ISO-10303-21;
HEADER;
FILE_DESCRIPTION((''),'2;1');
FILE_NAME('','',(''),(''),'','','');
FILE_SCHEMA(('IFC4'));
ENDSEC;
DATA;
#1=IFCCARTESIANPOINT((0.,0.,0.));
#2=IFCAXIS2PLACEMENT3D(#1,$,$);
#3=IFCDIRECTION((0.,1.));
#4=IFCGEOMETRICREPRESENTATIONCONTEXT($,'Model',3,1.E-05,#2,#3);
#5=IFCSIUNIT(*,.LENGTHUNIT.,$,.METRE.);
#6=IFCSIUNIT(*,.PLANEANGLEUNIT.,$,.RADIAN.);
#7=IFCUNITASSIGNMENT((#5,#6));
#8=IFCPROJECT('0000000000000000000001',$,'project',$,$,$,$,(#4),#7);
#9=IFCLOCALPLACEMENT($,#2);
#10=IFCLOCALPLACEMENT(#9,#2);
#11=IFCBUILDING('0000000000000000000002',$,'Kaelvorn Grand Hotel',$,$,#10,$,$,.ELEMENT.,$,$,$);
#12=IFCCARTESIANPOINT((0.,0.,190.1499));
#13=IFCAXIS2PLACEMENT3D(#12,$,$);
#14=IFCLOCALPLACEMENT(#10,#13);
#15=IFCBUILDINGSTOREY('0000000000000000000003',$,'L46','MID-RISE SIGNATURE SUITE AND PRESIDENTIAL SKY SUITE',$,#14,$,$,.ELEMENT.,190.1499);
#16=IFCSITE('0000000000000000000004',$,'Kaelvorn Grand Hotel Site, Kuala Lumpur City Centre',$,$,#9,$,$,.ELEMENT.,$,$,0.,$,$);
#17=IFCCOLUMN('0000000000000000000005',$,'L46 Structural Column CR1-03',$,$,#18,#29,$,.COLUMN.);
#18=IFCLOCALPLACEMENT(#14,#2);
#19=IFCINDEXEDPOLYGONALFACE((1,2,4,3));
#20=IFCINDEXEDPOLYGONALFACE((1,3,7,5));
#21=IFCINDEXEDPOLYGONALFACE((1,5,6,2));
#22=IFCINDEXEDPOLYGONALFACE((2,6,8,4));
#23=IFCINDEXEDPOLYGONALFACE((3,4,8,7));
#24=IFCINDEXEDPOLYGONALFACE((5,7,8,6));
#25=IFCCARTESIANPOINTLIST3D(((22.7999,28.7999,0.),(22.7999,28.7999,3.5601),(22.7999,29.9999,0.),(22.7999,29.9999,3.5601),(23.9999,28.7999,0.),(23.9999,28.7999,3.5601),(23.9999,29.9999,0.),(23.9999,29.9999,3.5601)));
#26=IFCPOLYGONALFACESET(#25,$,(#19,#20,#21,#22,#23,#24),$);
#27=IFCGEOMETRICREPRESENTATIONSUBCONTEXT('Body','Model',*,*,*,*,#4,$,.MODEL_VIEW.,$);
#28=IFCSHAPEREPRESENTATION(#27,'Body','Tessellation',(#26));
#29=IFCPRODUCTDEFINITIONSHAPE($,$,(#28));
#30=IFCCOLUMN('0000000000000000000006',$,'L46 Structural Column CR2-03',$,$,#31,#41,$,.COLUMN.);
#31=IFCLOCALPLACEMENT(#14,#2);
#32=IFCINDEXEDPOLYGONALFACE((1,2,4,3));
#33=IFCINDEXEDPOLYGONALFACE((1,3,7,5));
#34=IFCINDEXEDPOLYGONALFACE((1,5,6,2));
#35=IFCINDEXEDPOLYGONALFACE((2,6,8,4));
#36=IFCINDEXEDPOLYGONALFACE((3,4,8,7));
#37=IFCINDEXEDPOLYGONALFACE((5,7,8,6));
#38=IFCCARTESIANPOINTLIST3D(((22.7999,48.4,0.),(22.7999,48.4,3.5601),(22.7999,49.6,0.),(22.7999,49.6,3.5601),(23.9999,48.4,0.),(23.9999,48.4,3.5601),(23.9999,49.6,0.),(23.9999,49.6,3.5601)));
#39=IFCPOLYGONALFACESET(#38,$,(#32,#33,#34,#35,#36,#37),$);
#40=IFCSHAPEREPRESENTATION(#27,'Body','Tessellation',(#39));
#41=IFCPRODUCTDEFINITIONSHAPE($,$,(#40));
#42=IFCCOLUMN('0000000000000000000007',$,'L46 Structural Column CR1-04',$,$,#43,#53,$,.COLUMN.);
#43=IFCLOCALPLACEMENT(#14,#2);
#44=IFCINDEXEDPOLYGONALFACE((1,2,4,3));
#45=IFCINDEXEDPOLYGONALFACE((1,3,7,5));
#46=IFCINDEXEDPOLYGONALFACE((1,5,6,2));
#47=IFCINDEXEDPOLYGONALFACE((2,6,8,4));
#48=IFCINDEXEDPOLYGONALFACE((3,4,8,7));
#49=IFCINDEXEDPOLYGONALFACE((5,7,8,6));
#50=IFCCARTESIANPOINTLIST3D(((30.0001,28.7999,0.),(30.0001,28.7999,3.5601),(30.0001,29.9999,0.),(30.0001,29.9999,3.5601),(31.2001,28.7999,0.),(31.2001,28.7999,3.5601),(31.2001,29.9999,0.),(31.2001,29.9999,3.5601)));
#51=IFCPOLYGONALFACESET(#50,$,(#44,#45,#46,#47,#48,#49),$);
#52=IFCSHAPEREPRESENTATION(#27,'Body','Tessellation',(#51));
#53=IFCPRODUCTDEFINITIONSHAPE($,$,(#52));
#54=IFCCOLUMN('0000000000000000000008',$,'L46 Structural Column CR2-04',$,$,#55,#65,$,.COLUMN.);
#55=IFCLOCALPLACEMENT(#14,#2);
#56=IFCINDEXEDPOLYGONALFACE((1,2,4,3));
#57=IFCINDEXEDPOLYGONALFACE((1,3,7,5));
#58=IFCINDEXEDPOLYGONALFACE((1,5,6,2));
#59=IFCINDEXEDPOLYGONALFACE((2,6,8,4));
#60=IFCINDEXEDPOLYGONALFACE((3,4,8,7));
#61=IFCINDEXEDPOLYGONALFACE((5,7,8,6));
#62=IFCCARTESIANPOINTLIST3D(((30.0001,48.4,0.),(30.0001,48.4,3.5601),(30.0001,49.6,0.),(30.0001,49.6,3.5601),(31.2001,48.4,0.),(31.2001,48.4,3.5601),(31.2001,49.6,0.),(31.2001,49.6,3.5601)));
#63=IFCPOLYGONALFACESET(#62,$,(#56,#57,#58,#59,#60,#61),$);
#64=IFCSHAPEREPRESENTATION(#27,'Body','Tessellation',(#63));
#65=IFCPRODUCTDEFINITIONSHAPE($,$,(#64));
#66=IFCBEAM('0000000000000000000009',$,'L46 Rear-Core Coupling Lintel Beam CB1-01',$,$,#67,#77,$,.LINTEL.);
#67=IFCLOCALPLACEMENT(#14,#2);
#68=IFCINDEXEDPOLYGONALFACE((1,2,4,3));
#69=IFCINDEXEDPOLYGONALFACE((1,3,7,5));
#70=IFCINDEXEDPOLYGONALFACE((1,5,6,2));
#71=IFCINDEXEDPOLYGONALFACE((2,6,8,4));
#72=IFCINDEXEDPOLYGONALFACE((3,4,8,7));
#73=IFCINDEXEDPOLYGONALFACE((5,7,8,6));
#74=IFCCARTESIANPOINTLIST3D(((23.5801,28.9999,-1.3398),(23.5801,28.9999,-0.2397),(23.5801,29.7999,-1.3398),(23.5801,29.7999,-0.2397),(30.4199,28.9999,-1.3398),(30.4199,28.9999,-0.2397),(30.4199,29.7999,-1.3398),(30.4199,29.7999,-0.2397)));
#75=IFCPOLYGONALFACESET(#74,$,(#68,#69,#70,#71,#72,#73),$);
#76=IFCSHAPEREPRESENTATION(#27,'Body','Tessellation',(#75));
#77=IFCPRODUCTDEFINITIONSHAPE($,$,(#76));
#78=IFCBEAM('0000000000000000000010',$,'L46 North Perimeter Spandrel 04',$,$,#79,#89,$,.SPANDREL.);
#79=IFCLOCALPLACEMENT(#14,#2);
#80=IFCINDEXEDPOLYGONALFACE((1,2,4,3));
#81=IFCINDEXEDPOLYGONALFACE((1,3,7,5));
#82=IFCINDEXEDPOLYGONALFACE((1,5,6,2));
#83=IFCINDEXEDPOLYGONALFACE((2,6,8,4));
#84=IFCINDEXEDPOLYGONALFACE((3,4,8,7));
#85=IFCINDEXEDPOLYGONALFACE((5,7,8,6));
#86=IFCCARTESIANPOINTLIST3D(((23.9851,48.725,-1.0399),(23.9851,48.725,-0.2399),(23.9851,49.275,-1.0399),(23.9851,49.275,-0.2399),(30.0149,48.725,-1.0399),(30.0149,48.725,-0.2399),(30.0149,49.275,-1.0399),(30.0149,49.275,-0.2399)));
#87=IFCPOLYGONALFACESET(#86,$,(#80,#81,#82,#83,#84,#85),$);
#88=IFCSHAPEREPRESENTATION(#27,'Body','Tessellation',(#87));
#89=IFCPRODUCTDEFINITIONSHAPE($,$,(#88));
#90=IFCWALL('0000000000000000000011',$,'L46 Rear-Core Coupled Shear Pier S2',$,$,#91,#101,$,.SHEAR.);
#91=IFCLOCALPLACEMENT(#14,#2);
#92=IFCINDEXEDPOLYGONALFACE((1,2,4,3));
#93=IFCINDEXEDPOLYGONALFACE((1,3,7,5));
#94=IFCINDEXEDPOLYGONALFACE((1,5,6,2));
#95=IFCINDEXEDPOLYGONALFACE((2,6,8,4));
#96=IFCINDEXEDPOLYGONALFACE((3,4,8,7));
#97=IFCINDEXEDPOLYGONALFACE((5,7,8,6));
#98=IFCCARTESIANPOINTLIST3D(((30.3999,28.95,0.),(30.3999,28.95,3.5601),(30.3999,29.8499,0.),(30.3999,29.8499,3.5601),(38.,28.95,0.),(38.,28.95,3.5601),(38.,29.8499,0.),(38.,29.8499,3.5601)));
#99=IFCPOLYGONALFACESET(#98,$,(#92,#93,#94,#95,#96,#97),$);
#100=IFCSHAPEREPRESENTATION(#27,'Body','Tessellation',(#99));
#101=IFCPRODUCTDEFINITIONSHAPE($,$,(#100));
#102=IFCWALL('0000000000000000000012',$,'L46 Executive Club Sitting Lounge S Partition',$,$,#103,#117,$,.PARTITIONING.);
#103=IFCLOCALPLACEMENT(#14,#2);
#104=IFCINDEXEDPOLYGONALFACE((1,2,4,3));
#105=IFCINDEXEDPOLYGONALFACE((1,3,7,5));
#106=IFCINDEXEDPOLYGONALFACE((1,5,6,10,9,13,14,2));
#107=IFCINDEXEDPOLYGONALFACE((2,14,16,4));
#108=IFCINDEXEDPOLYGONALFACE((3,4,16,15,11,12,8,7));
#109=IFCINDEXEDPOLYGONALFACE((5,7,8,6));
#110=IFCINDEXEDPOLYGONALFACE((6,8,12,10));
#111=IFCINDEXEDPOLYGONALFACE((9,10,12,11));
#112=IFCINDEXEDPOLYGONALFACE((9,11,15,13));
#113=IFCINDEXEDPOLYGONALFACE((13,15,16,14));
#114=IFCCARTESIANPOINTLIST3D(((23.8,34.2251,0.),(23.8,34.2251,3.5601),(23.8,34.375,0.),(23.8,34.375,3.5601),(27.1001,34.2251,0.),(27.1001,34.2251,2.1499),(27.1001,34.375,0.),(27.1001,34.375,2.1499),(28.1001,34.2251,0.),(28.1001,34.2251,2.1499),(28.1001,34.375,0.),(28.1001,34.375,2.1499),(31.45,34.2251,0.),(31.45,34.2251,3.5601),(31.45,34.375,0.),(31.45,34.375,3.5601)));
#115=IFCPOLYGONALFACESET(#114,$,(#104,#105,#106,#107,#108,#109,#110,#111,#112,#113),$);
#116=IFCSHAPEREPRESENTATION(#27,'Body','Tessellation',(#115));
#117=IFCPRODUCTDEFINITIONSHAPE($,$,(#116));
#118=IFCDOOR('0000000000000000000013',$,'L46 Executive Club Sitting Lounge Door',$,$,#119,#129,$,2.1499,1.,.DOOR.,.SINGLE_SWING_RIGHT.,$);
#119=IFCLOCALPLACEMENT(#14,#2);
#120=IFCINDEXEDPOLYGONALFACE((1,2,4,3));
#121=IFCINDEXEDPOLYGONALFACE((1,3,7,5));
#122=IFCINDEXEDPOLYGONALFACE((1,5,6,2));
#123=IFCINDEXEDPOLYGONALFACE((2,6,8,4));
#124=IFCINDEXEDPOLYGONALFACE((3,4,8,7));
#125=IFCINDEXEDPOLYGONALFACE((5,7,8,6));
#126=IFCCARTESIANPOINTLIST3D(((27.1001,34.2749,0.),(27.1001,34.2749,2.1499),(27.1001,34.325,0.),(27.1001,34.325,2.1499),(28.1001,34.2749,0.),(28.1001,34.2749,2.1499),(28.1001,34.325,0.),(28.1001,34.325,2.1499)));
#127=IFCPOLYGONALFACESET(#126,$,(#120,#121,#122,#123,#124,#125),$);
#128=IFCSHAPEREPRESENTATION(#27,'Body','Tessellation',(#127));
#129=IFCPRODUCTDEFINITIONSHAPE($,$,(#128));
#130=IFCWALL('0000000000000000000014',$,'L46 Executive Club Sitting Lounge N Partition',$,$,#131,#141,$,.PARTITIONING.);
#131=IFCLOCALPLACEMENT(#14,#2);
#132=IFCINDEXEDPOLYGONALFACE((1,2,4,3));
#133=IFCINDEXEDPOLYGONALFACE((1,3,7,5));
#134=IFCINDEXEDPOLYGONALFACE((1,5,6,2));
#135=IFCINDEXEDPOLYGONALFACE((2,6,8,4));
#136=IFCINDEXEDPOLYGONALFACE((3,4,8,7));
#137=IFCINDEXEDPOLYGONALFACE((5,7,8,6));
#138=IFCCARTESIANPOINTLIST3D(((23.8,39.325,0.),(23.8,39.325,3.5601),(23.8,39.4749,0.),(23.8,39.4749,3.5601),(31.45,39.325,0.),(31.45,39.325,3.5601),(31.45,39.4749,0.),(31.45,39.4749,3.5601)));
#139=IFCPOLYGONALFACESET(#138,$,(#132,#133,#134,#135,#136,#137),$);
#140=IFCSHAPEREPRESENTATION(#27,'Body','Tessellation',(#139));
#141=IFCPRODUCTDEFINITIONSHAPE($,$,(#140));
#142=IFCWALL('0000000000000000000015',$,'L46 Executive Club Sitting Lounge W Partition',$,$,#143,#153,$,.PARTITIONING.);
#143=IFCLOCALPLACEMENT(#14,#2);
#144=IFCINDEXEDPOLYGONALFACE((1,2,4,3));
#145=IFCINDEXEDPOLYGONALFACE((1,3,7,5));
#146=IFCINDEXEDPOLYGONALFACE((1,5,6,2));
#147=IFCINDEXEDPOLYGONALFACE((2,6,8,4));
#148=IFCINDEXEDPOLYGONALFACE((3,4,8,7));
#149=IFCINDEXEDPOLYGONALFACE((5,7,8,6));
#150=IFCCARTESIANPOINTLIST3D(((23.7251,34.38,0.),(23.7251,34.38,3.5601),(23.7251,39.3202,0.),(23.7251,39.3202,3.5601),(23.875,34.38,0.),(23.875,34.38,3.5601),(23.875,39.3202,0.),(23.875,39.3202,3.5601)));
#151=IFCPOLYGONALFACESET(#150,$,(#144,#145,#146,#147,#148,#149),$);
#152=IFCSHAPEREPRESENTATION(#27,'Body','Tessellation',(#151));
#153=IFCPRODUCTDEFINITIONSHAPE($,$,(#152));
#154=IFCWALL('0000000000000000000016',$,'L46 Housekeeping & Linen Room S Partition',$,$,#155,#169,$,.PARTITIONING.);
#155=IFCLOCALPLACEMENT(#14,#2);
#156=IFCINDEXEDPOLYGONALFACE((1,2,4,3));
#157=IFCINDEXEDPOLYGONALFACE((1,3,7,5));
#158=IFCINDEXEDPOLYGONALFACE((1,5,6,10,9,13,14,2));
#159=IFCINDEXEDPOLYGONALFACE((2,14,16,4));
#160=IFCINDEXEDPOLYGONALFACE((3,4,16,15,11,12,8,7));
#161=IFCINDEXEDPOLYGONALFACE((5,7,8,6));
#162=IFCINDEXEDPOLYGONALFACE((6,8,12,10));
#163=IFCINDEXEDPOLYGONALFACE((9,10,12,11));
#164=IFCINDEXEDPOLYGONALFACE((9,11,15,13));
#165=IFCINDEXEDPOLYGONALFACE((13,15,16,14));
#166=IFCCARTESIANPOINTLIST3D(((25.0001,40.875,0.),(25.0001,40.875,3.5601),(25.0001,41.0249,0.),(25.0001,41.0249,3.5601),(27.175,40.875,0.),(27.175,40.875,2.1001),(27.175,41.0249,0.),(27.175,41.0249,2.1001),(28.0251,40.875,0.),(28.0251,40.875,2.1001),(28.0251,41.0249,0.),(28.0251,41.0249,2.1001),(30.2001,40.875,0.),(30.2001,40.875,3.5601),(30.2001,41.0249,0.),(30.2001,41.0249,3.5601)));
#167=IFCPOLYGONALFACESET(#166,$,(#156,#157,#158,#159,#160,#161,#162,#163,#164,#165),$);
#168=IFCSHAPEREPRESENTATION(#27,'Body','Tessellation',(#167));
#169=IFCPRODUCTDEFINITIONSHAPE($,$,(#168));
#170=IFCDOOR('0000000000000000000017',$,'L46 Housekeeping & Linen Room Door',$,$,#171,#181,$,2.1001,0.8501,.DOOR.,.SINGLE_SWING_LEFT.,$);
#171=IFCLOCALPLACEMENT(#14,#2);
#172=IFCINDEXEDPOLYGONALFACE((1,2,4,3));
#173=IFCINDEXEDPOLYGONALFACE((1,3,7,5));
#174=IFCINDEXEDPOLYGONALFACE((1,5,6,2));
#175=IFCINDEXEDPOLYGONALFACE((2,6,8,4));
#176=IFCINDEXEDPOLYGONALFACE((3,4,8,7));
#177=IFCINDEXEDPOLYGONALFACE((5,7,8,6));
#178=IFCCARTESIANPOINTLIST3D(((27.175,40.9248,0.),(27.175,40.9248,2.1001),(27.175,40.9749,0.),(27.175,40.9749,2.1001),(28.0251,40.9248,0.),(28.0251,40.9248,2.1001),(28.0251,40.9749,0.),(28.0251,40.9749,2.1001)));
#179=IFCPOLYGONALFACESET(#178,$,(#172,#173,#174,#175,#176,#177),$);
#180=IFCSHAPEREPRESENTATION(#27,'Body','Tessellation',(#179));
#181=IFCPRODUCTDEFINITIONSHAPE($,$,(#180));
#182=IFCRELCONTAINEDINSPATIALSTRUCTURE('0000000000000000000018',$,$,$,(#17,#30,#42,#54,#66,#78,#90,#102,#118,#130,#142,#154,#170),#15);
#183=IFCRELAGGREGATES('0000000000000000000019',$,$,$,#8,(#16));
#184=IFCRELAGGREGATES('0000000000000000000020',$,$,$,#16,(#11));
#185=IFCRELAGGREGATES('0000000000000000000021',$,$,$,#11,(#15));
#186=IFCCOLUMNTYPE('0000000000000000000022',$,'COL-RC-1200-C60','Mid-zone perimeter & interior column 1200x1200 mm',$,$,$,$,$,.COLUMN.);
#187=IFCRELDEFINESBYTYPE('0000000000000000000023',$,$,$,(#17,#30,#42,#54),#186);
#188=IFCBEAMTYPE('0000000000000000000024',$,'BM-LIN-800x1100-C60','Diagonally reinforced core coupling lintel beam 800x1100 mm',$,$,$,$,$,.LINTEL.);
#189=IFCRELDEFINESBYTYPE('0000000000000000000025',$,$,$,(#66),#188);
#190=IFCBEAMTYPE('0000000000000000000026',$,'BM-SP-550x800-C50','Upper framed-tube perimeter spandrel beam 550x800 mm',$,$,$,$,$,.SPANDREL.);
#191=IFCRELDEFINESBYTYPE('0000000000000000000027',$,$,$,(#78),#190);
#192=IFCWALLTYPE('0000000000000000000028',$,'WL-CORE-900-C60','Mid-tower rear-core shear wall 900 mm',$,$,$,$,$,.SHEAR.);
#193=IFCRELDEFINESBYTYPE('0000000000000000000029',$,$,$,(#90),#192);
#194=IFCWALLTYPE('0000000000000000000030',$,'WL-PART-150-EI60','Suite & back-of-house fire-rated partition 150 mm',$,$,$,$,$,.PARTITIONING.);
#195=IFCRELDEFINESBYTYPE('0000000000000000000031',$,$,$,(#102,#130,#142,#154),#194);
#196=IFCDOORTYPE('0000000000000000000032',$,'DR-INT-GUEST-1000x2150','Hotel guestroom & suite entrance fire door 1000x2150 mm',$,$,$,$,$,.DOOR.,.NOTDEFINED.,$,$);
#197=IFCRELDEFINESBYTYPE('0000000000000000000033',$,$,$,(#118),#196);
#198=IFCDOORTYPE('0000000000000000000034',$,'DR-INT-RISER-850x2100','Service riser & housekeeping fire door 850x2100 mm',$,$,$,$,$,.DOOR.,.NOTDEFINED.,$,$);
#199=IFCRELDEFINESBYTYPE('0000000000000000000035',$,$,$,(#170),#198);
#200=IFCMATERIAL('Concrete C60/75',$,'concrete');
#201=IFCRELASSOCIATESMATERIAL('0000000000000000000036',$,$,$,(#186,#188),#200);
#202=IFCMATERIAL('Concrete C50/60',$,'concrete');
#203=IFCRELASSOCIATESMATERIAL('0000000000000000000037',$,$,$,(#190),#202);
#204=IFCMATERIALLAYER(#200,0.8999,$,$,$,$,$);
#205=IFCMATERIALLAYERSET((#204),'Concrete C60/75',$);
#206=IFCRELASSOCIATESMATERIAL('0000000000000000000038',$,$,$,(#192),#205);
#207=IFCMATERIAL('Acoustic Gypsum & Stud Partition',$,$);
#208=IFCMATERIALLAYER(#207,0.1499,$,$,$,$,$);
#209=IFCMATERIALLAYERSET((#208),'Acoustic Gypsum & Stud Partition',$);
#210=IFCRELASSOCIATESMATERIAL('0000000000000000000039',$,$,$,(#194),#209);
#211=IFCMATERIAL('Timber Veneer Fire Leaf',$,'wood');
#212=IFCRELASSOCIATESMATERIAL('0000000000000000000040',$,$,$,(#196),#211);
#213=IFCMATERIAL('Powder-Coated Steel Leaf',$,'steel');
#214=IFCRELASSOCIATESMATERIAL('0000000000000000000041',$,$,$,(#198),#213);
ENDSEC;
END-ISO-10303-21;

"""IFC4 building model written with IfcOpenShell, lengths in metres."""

from ifc_helpers import new_model, si_unit, direction, frame, frame_2d, origin, origin_2d, place, context, subcontext, project, spatial, rectangle, extrude, material, layer, layer_set, material_profile, profile_set, type_object, element, fill, save


model = new_model("IFC4")

# Units and contexts
model_context = context("Model", 3, precision=1e-05, world=origin(), true_north=direction((0.0, 1.0)))
body_context = subcontext(model_context, "Body", "Model", "MODEL_VIEW")
ifc_project = project(units=[si_unit("LENGTHUNIT", "METRE"), si_unit("PLANEANGLEUNIT", "RADIAN")], contexts=[model_context])

# Site, building, storey
site_placement = place(None, origin())
site = spatial("IfcSite", under=ifc_project, at=site_placement, Name="Kaelvorn Grand Hotel Site, Kuala Lumpur City Centre", CompositionType="ELEMENT", RefElevation=0.0)
building_placement = place(site_placement, origin())
building = spatial("IfcBuilding", under=site, at=building_placement, Name="Kaelvorn Grand Hotel", CompositionType="ELEMENT")
storey_placement = place(building_placement, frame((0.0, 0.0, 190.1499)))
storey = spatial("IfcBuildingStorey", under=building, at=storey_placement, Name="L46", Description="MID-RISE SIGNATURE SUITE AND PRESIDENTIAL SKY SUITE", CompositionType="ELEMENT", Elevation=190.1499)

# Columns
ifc_material_1 = material(Name="Concrete C60/75", Category="concrete")
ifc_material_profile_1 = material_profile(ifc_material_1, rectangle(XDim=1.2, YDim=1.2, at=origin_2d()), Name="RC COL 1200x1200")
ifc_profile_set_1 = profile_set([ifc_material_profile_1], Name="Concrete C60/75")
column_type = type_object("IfcColumnType", Name="COL-RC-1200-C60", Description="Mid-zone perimeter & interior column 1200x1200 mm", PredefinedType="COLUMN", material=ifc_profile_set_1)
for number, where, z_axis, x_axis, name in (
    (1, (23.3999, 29.3999, 0.0), (0.0, 0.0, 1.0), (1.0, 0.0, 0.0), "L46 Structural Column CR1-03"),
    (2, (23.3999, 49.0, 0.0), (0.0, 0.0, 1.0), (1.0, 0.0, 0.0), "L46 Structural Column CR2-03"),
    (3, (30.6001, 29.3999, 0.0), (0.0, 0.0, 1.0), (1.0, 0.0, 0.0), "L46 Structural Column CR1-04"),
    (4, (30.6001, 49.0, 0.0), (0.0, 0.0, 1.0), (1.0, 0.0, 0.0), "L46 Structural Column CR2-04"),
):
    element("IfcColumn", number, at=place(storey_placement, frame(where, z_axis=z_axis, x_axis=x_axis)), inside=storey, type_object=column_type, Name=name, PredefinedType="COLUMN", context=body_context, shape_type="SweptSolid", body=[
        extrude(rectangle(XDim=1.2, YDim=1.2, at=origin_2d()), origin(), (0.0, 0.0, 1.0), 3.5601),
    ])

# Beams
ifc_material_profile_2 = material_profile(ifc_material_1, rectangle(XDim=0.8, YDim=1.1001, at=origin_2d()), Name="RC LINTEL 800x1100")
ifc_profile_set_2 = profile_set([ifc_material_profile_2], Name="Concrete C60/75")
beam_type_1 = type_object("IfcBeamType", Name="BM-LIN-800x1100-C60", Description="Diagonally reinforced core coupling lintel beam 800x1100 mm", PredefinedType="LINTEL", material=ifc_profile_set_2)
beam_1_placement = place(storey_placement, frame((23.5801, 29.3999, -0.7898), z_axis=(1.0, 0.0, 0.0), x_axis=(0.0, 1.0, 0.0)))
element("IfcBeam", 5, at=beam_1_placement, inside=storey, type_object=beam_type_1, Name="L46 Rear-Core Coupling Lintel Beam CB1-01", PredefinedType="LINTEL", context=body_context, shape_type="SweptSolid", body=[
    extrude(rectangle(XDim=0.8, YDim=1.1001, at=origin_2d()), origin(), (0.0, 0.0, 1.0), 6.8398),
])
ifc_material_2 = material(Name="Concrete C50/60", Category="concrete")
ifc_material_profile_3 = material_profile(ifc_material_2, rectangle(XDim=0.55, YDim=0.8, at=origin_2d()), Name="RC SPANDREL 550x800")
ifc_profile_set_3 = profile_set([ifc_material_profile_3], Name="Concrete C50/60")
beam_type_2 = type_object("IfcBeamType", Name="BM-SP-550x800-C50", Description="Upper framed-tube perimeter spandrel beam 550x800 mm", PredefinedType="SPANDREL", material=ifc_profile_set_3)
beam_2_placement = place(storey_placement, frame((23.9851, 49.0, -0.6399), z_axis=(1.0, 0.0, 0.0), x_axis=(0.0, 1.0, 0.0)))
element("IfcBeam", 6, at=beam_2_placement, inside=storey, type_object=beam_type_2, Name="L46 North Perimeter Spandrel 04", PredefinedType="SPANDREL", context=body_context, shape_type="SweptSolid", body=[
    extrude(rectangle(XDim=0.55, YDim=0.8, at=origin_2d()), origin(), (0.0, 0.0, 1.0), 6.0298),
])

# Wall
ifc_layer_1 = layer(ifc_material_1, 0.8999)
ifc_layer_set_1 = layer_set([ifc_layer_1], Name="Concrete C60/75")
wall_type_1 = type_object("IfcWallType", Name="WL-CORE-900-C60", Description="Mid-tower rear-core shear wall 900 mm", PredefinedType="SHEAR", material=ifc_layer_set_1)
wall_1_placement = place(storey_placement, frame((30.3999, 29.3999, 0.0), z_axis=(0.0, 0.0, 1.0), x_axis=(1.0, 0.0, 0.0)))
element("IfcWall", 7, at=wall_1_placement, inside=storey, type_object=wall_type_1, Name="L46 Rear-Core Coupled Shear Pier S2", PredefinedType="SHEAR", context=body_context, shape_type="SweptSolid", body=[
    extrude(rectangle(XDim=7.6001, YDim=0.8999, at=frame_2d((3.8, 0.0))), origin(), (0.0, 0.0, 1.0), 3.5601),
])

# Wall, opening, door
ifc_material_3 = material(Name="Acoustic Gypsum & Stud Partition")
ifc_layer_2 = layer(ifc_material_3, 0.1499)
ifc_layer_set_2 = layer_set([ifc_layer_2], Name="Acoustic Gypsum & Stud Partition")
wall_type_2 = type_object("IfcWallType", Name="WL-PART-150-EI60", Description="Suite & back-of-house fire-rated partition 150 mm", PredefinedType="PARTITIONING", material=ifc_layer_set_2)
wall_2_placement = place(storey_placement, frame((23.8, 34.3, 0.0), z_axis=(0.0, 0.0, 1.0), x_axis=(1.0, 0.0, 0.0)))
wall_2 = element("IfcWall", 8, at=wall_2_placement, inside=storey, type_object=wall_type_2, Name="L46 Executive Club Sitting Lounge S Partition", PredefinedType="PARTITIONING", context=body_context, shape_type="SweptSolid", body=[
    extrude(rectangle(XDim=7.6499, YDim=0.1499, at=frame_2d((3.825, 0.0))), origin(), (0.0, 0.0, 1.0), 3.5601),
])
opening_1_placement = place(wall_2_placement, frame((3.3, 0.0, 0.0)))
opening_1 = element("IfcOpeningElement", 9, at=opening_1_placement, cuts=wall_2, PredefinedType="OPENING", context=body_context, shape_type="SweptSolid", body=[
    extrude(rectangle(XDim=1.0, YDim=2.1499, at=frame_2d((0.5, 1.075))), frame((0.0, 0.085, 0.0), z_axis=(0.0, -1.0, 0.0), x_axis=(1.0, 0.0, 0.0)), (0.0, 0.0, 1.0), 0.1699),
])
ifc_material_4 = material(Name="Timber Veneer Fire Leaf", Category="wood")
door_type_1 = type_object("IfcDoorType", Name="DR-INT-GUEST-1000x2150", Description="Hotel guestroom & suite entrance fire door 1000x2150 mm", OperationType="NOTDEFINED", PredefinedType="DOOR", material=ifc_material_4)
door_1_placement = place(opening_1_placement, origin())
door_1 = element("IfcDoor", 10, at=door_1_placement, inside=storey, type_object=door_type_1, Name="L46 Executive Club Sitting Lounge Door", OperationType="SINGLE_SWING_RIGHT", OverallHeight=2.1499, OverallWidth=1.0, PredefinedType="DOOR", context=body_context, shape_type="SweptSolid", body=[
    extrude(rectangle(XDim=1.0, YDim=2.1499, at=frame_2d((0.5, 1.075))), frame((0.0, 0.0249, 0.0), z_axis=(0.0, -1.0, 0.0), x_axis=(1.0, 0.0, 0.0)), (0.0, 0.0, 1.0), 0.05),
])
fill(opening_1, door_1)

# Walls
wall_3_placement = place(storey_placement, frame((23.8, 39.3999, 0.0), z_axis=(0.0, 0.0, 1.0), x_axis=(1.0, 0.0, 0.0)))
element("IfcWall", 11, at=wall_3_placement, inside=storey, type_object=wall_type_2, Name="L46 Executive Club Sitting Lounge N Partition", PredefinedType="PARTITIONING", context=body_context, shape_type="SweptSolid", body=[
    extrude(rectangle(XDim=7.6499, YDim=0.1499, at=frame_2d((3.825, 0.0))), origin(), (0.0, 0.0, 1.0), 3.5601),
])
wall_4_placement = place(storey_placement, frame((23.8, 34.3799, 0.0), z_axis=(0.0, 0.0, 1.0), x_axis=(0.0, 1.0, 0.0)))
element("IfcWall", 12, at=wall_4_placement, inside=storey, type_object=wall_type_2, Name="L46 Executive Club Sitting Lounge W Partition", PredefinedType="PARTITIONING", context=body_context, shape_type="SweptSolid", body=[
    extrude(rectangle(XDim=4.9402, YDim=0.1499, at=frame_2d((2.4702, 0.0))), origin(), (0.0, 0.0, 1.0), 3.5601),
])

# Wall, opening, door
wall_5_placement = place(storey_placement, frame((25.0, 40.95, 0.0), z_axis=(0.0, 0.0, 1.0), x_axis=(1.0, 0.0, 0.0)))
wall_5 = element("IfcWall", 13, at=wall_5_placement, inside=storey, type_object=wall_type_2, Name="L46 Housekeeping & Linen Room S Partition", PredefinedType="PARTITIONING", context=body_context, shape_type="SweptSolid", body=[
    extrude(rectangle(XDim=5.2, YDim=0.1499, at=frame_2d((2.6001, 0.0))), origin(), (0.0, 0.0, 1.0), 3.5601),
])
opening_2_placement = place(wall_5_placement, frame((2.175, 0.0, 0.0)))
opening_2 = element("IfcOpeningElement", 14, at=opening_2_placement, cuts=wall_5, PredefinedType="OPENING", context=body_context, shape_type="SweptSolid", body=[
    extrude(rectangle(XDim=0.8501, YDim=2.1001, at=frame_2d((0.425, 1.05))), frame((0.0, 0.085, 0.0), z_axis=(0.0, -1.0, 0.0), x_axis=(1.0, 0.0, 0.0)), (0.0, 0.0, 1.0), 0.1699),
])
ifc_material_5 = material(Name="Powder-Coated Steel Leaf", Category="steel")
door_type_2 = type_object("IfcDoorType", Name="DR-INT-RISER-850x2100", Description="Service riser & housekeeping fire door 850x2100 mm", OperationType="NOTDEFINED", PredefinedType="DOOR", material=ifc_material_5)
door_2_placement = place(opening_2_placement, origin())
door_2 = element("IfcDoor", 15, at=door_2_placement, inside=storey, type_object=door_type_2, Name="L46 Housekeeping & Linen Room Door", OperationType="SINGLE_SWING_LEFT", OverallHeight=2.1001, OverallWidth=0.8501, PredefinedType="DOOR", context=body_context, shape_type="SweptSolid", body=[
    extrude(rectangle(XDim=0.8501, YDim=2.1001, at=frame_2d((0.425, 1.05))), frame((0.0, 0.0249, 0.0), z_axis=(0.0, -1.0, 0.0), x_axis=(1.0, 0.0, 0.0)), (0.0, 0.0, 1.0), 0.05),
])
fill(opening_2, door_2)

save(model, "model.ifc")
